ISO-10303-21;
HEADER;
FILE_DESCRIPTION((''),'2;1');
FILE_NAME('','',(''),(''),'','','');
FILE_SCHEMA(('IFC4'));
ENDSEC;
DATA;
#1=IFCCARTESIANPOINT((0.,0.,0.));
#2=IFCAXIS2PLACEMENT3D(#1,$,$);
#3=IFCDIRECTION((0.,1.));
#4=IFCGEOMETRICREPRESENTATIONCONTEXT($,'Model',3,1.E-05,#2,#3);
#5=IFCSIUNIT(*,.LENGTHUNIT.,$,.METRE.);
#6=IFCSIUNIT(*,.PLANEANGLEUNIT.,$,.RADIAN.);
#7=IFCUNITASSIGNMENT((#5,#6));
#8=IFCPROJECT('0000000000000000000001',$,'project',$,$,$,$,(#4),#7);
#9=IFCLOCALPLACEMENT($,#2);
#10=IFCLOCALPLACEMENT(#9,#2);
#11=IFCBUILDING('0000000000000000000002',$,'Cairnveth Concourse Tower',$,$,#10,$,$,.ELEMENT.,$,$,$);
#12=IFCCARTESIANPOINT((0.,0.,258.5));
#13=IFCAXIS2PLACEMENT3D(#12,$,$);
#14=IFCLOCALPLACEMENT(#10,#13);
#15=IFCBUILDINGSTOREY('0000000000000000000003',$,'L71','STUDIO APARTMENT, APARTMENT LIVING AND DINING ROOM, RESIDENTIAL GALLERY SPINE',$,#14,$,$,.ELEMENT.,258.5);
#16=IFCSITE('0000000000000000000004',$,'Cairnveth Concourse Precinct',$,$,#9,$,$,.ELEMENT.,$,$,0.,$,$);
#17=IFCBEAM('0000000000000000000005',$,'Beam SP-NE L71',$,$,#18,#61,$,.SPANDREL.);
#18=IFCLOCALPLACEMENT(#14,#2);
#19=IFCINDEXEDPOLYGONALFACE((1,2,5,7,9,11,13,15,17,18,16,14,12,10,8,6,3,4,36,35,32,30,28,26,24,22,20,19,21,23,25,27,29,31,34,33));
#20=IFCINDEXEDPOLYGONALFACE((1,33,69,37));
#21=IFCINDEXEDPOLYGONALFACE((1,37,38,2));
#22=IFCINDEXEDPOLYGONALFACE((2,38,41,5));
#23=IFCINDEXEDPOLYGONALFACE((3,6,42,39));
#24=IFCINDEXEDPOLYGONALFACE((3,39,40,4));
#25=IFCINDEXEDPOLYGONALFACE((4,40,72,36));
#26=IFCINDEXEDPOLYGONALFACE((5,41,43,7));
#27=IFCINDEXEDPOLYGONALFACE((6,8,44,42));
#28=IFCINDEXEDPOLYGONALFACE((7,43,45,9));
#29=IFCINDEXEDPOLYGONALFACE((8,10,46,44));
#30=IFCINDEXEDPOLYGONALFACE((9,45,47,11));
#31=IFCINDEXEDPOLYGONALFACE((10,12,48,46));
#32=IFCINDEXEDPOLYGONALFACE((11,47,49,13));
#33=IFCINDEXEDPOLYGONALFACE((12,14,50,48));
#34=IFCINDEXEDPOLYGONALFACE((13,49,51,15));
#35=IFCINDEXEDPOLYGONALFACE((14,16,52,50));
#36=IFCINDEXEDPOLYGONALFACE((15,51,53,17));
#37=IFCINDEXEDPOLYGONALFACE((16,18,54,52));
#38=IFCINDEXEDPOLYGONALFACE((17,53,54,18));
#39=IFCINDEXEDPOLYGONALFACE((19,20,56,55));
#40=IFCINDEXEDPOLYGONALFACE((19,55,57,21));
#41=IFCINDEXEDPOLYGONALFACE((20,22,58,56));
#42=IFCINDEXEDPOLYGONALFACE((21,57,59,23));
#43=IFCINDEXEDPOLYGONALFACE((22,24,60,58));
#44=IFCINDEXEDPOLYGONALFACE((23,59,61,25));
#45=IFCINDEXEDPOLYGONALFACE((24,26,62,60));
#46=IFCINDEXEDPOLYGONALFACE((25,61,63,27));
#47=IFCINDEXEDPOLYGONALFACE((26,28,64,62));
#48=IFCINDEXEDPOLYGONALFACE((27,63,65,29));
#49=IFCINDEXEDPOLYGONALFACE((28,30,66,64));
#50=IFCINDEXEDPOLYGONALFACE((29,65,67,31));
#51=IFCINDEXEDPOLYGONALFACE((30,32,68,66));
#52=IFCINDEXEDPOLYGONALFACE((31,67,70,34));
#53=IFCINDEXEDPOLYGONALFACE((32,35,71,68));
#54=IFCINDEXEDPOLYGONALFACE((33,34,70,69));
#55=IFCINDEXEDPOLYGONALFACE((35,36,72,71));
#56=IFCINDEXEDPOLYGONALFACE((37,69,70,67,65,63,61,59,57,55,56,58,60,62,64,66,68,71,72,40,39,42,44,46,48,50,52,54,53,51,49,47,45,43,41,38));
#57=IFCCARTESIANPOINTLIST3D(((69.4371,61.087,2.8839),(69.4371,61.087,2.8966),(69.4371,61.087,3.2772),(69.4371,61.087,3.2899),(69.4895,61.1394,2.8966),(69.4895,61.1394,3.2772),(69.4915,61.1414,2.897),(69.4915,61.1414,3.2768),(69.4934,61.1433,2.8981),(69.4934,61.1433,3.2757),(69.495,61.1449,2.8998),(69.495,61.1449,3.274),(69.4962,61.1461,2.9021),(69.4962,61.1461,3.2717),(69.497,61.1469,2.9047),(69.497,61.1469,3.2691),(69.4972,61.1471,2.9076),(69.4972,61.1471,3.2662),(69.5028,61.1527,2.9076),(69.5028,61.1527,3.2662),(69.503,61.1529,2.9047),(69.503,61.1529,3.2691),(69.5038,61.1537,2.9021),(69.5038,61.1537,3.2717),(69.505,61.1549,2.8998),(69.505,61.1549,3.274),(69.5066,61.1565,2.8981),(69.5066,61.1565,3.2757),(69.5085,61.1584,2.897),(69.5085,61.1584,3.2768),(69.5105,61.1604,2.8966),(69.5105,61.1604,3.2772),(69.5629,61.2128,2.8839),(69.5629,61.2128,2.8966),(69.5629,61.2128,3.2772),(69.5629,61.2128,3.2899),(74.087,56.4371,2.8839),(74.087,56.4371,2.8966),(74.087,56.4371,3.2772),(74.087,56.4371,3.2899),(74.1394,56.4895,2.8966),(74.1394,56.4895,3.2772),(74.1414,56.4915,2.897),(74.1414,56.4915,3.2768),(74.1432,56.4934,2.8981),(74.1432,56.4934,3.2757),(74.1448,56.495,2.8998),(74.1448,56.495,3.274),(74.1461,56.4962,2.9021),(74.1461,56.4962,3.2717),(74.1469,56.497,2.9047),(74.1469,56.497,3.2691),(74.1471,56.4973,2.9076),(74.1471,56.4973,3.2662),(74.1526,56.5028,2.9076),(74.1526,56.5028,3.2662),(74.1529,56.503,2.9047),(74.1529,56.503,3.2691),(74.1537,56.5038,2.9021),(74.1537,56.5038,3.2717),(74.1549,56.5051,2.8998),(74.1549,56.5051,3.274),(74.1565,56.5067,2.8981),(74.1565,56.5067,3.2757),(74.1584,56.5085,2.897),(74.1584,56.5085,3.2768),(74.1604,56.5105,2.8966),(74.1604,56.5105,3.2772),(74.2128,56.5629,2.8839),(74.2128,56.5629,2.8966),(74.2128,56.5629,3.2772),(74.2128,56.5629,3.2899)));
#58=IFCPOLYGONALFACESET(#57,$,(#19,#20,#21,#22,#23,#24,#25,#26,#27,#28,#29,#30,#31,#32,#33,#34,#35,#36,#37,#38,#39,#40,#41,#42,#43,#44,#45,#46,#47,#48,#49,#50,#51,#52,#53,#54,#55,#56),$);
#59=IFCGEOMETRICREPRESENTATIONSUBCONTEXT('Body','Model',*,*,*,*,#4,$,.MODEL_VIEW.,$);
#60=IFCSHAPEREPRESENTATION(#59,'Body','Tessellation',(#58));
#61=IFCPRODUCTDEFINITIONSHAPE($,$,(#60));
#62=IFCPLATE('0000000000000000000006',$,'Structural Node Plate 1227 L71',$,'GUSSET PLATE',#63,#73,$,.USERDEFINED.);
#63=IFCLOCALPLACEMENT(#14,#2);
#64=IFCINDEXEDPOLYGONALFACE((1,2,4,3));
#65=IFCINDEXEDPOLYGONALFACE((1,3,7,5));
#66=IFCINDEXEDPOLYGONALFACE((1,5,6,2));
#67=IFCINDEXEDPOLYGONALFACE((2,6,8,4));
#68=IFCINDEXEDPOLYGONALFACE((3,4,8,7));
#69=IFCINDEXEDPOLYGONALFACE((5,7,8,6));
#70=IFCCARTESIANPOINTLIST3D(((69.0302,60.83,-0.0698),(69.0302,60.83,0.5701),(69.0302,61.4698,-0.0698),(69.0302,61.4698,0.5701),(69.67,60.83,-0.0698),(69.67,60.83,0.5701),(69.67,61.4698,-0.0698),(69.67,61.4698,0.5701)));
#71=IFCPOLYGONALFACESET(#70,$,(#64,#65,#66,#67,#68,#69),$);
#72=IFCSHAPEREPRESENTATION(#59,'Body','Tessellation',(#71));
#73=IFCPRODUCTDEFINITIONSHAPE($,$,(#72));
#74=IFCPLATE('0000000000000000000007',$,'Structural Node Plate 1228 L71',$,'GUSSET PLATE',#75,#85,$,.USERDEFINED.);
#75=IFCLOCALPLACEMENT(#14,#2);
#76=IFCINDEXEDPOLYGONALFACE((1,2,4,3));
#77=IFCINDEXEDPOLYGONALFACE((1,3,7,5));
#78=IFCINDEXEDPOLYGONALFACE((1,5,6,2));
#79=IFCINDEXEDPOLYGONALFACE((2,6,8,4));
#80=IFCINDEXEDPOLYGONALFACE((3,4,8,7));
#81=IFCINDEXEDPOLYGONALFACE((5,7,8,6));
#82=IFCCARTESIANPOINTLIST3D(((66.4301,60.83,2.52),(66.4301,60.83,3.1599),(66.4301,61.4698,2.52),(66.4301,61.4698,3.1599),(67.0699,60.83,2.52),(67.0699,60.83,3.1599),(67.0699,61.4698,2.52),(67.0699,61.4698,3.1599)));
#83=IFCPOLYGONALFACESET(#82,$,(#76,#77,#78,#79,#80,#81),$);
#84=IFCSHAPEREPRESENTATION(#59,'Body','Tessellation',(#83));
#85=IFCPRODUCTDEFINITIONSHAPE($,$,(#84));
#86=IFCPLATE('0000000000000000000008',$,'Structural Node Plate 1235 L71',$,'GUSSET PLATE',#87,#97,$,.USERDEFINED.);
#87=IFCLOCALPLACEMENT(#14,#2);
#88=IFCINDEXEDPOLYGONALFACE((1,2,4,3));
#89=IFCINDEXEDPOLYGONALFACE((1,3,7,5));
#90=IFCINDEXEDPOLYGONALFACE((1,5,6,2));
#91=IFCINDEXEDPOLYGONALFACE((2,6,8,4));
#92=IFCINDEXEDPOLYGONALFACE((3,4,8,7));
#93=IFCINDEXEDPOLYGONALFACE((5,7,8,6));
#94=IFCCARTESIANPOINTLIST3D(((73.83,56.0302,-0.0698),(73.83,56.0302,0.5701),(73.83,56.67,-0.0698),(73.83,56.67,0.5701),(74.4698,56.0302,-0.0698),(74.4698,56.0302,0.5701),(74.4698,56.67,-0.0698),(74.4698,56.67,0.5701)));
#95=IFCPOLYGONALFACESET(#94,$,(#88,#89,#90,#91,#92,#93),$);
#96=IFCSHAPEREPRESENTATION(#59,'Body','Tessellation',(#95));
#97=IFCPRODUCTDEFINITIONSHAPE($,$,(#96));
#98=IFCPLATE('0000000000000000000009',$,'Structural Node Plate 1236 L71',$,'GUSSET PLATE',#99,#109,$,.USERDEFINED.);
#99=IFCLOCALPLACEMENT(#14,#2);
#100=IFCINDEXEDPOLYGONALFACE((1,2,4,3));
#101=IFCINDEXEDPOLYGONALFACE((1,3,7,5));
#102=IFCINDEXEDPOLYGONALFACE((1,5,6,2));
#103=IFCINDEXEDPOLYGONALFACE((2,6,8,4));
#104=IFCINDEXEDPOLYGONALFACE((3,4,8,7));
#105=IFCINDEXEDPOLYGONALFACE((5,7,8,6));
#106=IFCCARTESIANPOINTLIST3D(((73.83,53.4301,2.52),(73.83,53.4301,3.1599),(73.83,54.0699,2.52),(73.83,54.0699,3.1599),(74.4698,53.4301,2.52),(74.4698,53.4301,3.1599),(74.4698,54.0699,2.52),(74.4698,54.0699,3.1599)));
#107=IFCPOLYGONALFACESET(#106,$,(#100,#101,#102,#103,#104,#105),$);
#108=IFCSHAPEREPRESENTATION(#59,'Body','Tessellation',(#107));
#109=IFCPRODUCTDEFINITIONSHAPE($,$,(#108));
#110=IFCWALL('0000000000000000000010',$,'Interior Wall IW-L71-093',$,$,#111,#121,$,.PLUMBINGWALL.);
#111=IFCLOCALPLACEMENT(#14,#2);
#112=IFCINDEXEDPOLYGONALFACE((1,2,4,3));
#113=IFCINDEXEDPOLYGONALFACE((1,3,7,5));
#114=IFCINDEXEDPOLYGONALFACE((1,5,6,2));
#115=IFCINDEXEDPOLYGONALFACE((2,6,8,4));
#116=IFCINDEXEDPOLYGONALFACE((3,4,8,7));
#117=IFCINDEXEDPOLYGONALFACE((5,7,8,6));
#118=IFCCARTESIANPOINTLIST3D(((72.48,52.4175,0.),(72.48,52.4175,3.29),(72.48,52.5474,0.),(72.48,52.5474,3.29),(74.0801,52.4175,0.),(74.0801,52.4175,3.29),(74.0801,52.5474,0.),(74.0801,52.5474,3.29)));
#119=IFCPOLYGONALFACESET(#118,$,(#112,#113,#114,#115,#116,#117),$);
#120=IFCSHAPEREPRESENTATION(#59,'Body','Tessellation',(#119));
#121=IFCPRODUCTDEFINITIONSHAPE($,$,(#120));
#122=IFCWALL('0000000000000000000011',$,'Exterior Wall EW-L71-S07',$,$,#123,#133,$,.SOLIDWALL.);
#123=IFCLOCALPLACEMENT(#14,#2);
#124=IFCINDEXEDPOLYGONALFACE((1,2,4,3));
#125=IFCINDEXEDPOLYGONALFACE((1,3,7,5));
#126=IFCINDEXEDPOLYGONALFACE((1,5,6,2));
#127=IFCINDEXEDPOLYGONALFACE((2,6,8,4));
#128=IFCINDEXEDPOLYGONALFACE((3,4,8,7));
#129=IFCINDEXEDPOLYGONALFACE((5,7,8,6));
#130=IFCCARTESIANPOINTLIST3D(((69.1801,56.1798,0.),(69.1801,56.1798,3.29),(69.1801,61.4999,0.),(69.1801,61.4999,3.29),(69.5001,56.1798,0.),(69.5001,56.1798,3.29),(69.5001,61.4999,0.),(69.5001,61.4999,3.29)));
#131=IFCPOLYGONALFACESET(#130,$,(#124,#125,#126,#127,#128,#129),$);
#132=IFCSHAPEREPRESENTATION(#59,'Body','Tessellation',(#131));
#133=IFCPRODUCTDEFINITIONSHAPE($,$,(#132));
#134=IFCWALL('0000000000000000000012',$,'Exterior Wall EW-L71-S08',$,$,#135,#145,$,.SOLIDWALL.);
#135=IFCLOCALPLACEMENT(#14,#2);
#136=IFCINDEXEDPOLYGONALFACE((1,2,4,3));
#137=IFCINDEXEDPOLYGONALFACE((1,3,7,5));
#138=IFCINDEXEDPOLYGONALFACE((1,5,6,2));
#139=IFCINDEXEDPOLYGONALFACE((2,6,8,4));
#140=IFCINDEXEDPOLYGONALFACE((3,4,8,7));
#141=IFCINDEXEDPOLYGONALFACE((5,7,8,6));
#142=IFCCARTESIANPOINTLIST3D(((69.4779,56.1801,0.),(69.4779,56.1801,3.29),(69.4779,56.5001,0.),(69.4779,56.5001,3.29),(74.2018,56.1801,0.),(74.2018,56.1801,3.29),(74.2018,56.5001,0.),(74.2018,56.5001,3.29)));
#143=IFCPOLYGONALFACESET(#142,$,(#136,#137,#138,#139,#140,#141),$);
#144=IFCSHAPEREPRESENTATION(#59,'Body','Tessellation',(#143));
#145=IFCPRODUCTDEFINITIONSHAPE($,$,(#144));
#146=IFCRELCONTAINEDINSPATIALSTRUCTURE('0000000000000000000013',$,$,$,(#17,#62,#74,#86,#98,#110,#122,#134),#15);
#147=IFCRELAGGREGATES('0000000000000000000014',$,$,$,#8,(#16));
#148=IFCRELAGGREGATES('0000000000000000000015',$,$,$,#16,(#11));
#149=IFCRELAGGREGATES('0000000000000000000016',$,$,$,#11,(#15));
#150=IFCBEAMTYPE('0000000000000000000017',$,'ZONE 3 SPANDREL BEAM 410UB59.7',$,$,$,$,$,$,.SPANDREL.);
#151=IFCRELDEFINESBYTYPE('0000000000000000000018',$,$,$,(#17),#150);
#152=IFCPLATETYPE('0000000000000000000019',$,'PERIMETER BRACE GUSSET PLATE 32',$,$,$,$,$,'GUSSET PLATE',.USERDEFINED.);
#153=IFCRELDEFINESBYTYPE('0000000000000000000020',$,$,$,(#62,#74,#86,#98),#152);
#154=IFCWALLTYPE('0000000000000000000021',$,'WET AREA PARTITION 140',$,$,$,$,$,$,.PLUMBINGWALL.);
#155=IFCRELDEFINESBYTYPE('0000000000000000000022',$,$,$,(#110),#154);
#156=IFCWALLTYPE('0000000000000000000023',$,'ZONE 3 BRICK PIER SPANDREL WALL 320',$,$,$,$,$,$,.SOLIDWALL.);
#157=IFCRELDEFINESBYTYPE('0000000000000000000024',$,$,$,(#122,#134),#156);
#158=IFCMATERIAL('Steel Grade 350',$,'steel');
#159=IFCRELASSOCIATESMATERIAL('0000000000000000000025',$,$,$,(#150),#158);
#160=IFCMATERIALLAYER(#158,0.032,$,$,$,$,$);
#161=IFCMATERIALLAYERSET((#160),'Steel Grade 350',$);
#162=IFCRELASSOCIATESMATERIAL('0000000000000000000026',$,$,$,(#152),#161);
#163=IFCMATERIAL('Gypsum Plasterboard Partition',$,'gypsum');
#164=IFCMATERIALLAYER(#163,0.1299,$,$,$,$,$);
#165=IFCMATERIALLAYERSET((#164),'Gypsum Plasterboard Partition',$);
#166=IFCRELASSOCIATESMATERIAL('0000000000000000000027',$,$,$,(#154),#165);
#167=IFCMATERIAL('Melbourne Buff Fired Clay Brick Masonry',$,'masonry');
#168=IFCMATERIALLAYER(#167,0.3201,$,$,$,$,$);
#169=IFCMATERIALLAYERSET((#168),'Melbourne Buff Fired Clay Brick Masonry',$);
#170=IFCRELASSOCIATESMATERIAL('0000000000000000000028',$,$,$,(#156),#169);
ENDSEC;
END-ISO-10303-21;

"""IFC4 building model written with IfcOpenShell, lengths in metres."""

from ifc_helpers import new_model, si_unit, direction, frame, frame_2d, origin, origin_2d, place, context, subcontext, project, spatial, rectangle, i_section, extrude, material, layer, layer_set, material_profile, profile_set, type_object, element, save


model = new_model("IFC4")

# Units and contexts
model_context = context("Model", 3, precision=1e-05, world=origin(), true_north=direction((0.0, 1.0)))
body_context = subcontext(model_context, "Body", "Model", "MODEL_VIEW")
ifc_project = project(units=[si_unit("LENGTHUNIT", "METRE"), si_unit("PLANEANGLEUNIT", "RADIAN")], contexts=[model_context])

# Site, building, storey
site_placement = place(None, origin())
site = spatial("IfcSite", under=ifc_project, at=site_placement, Name="Cairnveth Concourse Precinct", CompositionType="ELEMENT", RefElevation=0.0)
building_placement = place(site_placement, origin())
building = spatial("IfcBuilding", under=site, at=building_placement, Name="Cairnveth Concourse Tower", CompositionType="ELEMENT")
storey_placement = place(building_placement, frame((0.0, 0.0, 258.5)))
storey = spatial("IfcBuildingStorey", under=building, at=storey_placement, Name="L71", Description="STUDIO APARTMENT, APARTMENT LIVING AND DINING ROOM, RESIDENTIAL GALLERY SPINE", CompositionType="ELEMENT", Elevation=258.5)

# Shared definitions
ifc_material_1 = material(Name="Steel Grade 350", Category="steel")

# Beam
ifc_material_profile_1 = material_profile(ifc_material_1, i_section(OverallWidth=0.178, OverallDepth=0.406, WebThickness=0.0078, FlangeThickness=0.0127, FilletRadius=0.011, at=origin_2d()), Name="410UB59.7")
ifc_profile_set_1 = profile_set([ifc_material_profile_1], Name="Steel Grade 350")
beam_type_1 = type_object("IfcBeamType", Name="ZONE 3 SPANDREL BEAM 410UB59.7", PredefinedType="SPANDREL", material=ifc_profile_set_1)
beam_1_placement = place(storey_placement, frame((69.5, 61.1499, 3.0869), z_axis=(0.707107, -0.707107, 0.0), x_axis=(0.707107, 0.707107, 0.0)))
element("IfcBeam", 1, at=beam_1_placement, inside=storey, type_object=beam_type_1, Name="Beam SP-NE L71", PredefinedType="SPANDREL", context=body_context, shape_type="SweptSolid", body=[
    extrude(i_section(OverallWidth=0.178, OverallDepth=0.406, WebThickness=0.0078, FlangeThickness=0.0127, FilletRadius=0.011, at=origin_2d()), origin(), (0.0, 0.0, 1.0), 6.5759),
])

# Plates
ifc_layer_1 = layer(ifc_material_1, 0.032)
ifc_layer_set_1 = layer_set([ifc_layer_1], Name="Steel Grade 350")
plate_type = type_object("IfcPlateType", Name="PERIMETER BRACE GUSSET PLATE 32", ElementType="GUSSET PLATE", PredefinedType="USERDEFINED", material=ifc_layer_set_1)
for number, where, z_axis, x_axis, name in (
    (2, (69.3501, 61.1499, -0.0698), (0.0, 0.0, 1.0), (1.0, 0.0, 0.0), "Structural Node Plate 1227 L71"),
    (3, (66.75, 61.1499, 2.52), (0.0, 0.0, 1.0), (1.0, 0.0, 0.0), "Structural Node Plate 1228 L71"),
    (4, (74.1499, 56.3501, -0.0698), (0.0, 0.0, 1.0), (1.0, 0.0, 0.0), "Structural Node Plate 1235 L71"),
    (5, (74.1499, 53.75, 2.52), (0.0, 0.0, 1.0), (1.0, 0.0, 0.0), "Structural Node Plate 1236 L71"),
):
    element("IfcPlate", number, at=place(storey_placement, frame(where, z_axis=z_axis, x_axis=x_axis)), inside=storey, type_object=plate_type, Name=name, ObjectType="GUSSET PLATE", PredefinedType="USERDEFINED", context=body_context, shape_type="SweptSolid", body=[
        extrude(rectangle(XDim=0.6399, YDim=0.6399, at=origin_2d()), origin(), (0.0, 0.0, 1.0), 0.6399),
    ])

# Walls
ifc_material_2 = material(Name="Gypsum Plasterboard Partition", Category="gypsum")
ifc_layer_2 = layer(ifc_material_2, 0.1299)
ifc_layer_set_2 = layer_set([ifc_layer_2], Name="Gypsum Plasterboard Partition")
wall_type_1 = type_object("IfcWallType", Name="WET AREA PARTITION 140", PredefinedType="PLUMBINGWALL", material=ifc_layer_set_2)
wall_1_placement = place(storey_placement, frame((72.48, 52.4824, 0.0), z_axis=(0.0, 0.0, 1.0), x_axis=(1.0, 0.0, 0.0)))
element("IfcWall", 6, at=wall_1_placement, inside=storey, type_object=wall_type_1, Name="Interior Wall IW-L71-093", PredefinedType="PLUMBINGWALL", context=body_context, shape_type="SweptSolid", body=[
    extrude(rectangle(XDim=1.6001, YDim=0.1299, at=frame_2d((0.8, 0.0))), origin(), (0.0, 0.0, 1.0), 3.29),
])
ifc_material_3 = material(Name="Melbourne Buff Fired Clay Brick Masonry", Category="masonry")
ifc_layer_3 = layer(ifc_material_3, 0.3201)
ifc_layer_set_3 = layer_set([ifc_layer_3], Name="Melbourne Buff Fired Clay Brick Masonry")
wall_type_2 = type_object("IfcWallType", Name="ZONE 3 BRICK PIER SPANDREL WALL 320", PredefinedType="SOLIDWALL", material=ifc_layer_set_3)
wall_2_placement = place(storey_placement, frame((69.3401, 61.5, 0.0), z_axis=(0.0, 0.0, 1.0), x_axis=(0.0, -1.0, 0.0)))
element("IfcWall", 7, at=wall_2_placement, inside=storey, type_object=wall_type_2, Name="Exterior Wall EW-L71-S07", PredefinedType="SOLIDWALL", context=body_context, shape_type="SweptSolid", body=[
    extrude(rectangle(XDim=5.3201, YDim=0.3201, at=frame_2d((2.6602, 0.0))), origin(), (0.0, 0.0, 1.0), 3.29),
])
wall_3_placement = place(storey_placement, frame((69.478, 56.3401, 0.0), z_axis=(0.0, 0.0, 1.0), x_axis=(1.0, 0.0, 0.0)))
element("IfcWall", 8, at=wall_3_placement, inside=storey, type_object=wall_type_2, Name="Exterior Wall EW-L71-S08", PredefinedType="SOLIDWALL", context=body_context, shape_type="SweptSolid", body=[
    extrude(rectangle(XDim=4.7239, YDim=0.3201, at=frame_2d((2.3618, 0.0))), origin(), (0.0, 0.0, 1.0), 3.29),
])

save(model, "model.ifc")
